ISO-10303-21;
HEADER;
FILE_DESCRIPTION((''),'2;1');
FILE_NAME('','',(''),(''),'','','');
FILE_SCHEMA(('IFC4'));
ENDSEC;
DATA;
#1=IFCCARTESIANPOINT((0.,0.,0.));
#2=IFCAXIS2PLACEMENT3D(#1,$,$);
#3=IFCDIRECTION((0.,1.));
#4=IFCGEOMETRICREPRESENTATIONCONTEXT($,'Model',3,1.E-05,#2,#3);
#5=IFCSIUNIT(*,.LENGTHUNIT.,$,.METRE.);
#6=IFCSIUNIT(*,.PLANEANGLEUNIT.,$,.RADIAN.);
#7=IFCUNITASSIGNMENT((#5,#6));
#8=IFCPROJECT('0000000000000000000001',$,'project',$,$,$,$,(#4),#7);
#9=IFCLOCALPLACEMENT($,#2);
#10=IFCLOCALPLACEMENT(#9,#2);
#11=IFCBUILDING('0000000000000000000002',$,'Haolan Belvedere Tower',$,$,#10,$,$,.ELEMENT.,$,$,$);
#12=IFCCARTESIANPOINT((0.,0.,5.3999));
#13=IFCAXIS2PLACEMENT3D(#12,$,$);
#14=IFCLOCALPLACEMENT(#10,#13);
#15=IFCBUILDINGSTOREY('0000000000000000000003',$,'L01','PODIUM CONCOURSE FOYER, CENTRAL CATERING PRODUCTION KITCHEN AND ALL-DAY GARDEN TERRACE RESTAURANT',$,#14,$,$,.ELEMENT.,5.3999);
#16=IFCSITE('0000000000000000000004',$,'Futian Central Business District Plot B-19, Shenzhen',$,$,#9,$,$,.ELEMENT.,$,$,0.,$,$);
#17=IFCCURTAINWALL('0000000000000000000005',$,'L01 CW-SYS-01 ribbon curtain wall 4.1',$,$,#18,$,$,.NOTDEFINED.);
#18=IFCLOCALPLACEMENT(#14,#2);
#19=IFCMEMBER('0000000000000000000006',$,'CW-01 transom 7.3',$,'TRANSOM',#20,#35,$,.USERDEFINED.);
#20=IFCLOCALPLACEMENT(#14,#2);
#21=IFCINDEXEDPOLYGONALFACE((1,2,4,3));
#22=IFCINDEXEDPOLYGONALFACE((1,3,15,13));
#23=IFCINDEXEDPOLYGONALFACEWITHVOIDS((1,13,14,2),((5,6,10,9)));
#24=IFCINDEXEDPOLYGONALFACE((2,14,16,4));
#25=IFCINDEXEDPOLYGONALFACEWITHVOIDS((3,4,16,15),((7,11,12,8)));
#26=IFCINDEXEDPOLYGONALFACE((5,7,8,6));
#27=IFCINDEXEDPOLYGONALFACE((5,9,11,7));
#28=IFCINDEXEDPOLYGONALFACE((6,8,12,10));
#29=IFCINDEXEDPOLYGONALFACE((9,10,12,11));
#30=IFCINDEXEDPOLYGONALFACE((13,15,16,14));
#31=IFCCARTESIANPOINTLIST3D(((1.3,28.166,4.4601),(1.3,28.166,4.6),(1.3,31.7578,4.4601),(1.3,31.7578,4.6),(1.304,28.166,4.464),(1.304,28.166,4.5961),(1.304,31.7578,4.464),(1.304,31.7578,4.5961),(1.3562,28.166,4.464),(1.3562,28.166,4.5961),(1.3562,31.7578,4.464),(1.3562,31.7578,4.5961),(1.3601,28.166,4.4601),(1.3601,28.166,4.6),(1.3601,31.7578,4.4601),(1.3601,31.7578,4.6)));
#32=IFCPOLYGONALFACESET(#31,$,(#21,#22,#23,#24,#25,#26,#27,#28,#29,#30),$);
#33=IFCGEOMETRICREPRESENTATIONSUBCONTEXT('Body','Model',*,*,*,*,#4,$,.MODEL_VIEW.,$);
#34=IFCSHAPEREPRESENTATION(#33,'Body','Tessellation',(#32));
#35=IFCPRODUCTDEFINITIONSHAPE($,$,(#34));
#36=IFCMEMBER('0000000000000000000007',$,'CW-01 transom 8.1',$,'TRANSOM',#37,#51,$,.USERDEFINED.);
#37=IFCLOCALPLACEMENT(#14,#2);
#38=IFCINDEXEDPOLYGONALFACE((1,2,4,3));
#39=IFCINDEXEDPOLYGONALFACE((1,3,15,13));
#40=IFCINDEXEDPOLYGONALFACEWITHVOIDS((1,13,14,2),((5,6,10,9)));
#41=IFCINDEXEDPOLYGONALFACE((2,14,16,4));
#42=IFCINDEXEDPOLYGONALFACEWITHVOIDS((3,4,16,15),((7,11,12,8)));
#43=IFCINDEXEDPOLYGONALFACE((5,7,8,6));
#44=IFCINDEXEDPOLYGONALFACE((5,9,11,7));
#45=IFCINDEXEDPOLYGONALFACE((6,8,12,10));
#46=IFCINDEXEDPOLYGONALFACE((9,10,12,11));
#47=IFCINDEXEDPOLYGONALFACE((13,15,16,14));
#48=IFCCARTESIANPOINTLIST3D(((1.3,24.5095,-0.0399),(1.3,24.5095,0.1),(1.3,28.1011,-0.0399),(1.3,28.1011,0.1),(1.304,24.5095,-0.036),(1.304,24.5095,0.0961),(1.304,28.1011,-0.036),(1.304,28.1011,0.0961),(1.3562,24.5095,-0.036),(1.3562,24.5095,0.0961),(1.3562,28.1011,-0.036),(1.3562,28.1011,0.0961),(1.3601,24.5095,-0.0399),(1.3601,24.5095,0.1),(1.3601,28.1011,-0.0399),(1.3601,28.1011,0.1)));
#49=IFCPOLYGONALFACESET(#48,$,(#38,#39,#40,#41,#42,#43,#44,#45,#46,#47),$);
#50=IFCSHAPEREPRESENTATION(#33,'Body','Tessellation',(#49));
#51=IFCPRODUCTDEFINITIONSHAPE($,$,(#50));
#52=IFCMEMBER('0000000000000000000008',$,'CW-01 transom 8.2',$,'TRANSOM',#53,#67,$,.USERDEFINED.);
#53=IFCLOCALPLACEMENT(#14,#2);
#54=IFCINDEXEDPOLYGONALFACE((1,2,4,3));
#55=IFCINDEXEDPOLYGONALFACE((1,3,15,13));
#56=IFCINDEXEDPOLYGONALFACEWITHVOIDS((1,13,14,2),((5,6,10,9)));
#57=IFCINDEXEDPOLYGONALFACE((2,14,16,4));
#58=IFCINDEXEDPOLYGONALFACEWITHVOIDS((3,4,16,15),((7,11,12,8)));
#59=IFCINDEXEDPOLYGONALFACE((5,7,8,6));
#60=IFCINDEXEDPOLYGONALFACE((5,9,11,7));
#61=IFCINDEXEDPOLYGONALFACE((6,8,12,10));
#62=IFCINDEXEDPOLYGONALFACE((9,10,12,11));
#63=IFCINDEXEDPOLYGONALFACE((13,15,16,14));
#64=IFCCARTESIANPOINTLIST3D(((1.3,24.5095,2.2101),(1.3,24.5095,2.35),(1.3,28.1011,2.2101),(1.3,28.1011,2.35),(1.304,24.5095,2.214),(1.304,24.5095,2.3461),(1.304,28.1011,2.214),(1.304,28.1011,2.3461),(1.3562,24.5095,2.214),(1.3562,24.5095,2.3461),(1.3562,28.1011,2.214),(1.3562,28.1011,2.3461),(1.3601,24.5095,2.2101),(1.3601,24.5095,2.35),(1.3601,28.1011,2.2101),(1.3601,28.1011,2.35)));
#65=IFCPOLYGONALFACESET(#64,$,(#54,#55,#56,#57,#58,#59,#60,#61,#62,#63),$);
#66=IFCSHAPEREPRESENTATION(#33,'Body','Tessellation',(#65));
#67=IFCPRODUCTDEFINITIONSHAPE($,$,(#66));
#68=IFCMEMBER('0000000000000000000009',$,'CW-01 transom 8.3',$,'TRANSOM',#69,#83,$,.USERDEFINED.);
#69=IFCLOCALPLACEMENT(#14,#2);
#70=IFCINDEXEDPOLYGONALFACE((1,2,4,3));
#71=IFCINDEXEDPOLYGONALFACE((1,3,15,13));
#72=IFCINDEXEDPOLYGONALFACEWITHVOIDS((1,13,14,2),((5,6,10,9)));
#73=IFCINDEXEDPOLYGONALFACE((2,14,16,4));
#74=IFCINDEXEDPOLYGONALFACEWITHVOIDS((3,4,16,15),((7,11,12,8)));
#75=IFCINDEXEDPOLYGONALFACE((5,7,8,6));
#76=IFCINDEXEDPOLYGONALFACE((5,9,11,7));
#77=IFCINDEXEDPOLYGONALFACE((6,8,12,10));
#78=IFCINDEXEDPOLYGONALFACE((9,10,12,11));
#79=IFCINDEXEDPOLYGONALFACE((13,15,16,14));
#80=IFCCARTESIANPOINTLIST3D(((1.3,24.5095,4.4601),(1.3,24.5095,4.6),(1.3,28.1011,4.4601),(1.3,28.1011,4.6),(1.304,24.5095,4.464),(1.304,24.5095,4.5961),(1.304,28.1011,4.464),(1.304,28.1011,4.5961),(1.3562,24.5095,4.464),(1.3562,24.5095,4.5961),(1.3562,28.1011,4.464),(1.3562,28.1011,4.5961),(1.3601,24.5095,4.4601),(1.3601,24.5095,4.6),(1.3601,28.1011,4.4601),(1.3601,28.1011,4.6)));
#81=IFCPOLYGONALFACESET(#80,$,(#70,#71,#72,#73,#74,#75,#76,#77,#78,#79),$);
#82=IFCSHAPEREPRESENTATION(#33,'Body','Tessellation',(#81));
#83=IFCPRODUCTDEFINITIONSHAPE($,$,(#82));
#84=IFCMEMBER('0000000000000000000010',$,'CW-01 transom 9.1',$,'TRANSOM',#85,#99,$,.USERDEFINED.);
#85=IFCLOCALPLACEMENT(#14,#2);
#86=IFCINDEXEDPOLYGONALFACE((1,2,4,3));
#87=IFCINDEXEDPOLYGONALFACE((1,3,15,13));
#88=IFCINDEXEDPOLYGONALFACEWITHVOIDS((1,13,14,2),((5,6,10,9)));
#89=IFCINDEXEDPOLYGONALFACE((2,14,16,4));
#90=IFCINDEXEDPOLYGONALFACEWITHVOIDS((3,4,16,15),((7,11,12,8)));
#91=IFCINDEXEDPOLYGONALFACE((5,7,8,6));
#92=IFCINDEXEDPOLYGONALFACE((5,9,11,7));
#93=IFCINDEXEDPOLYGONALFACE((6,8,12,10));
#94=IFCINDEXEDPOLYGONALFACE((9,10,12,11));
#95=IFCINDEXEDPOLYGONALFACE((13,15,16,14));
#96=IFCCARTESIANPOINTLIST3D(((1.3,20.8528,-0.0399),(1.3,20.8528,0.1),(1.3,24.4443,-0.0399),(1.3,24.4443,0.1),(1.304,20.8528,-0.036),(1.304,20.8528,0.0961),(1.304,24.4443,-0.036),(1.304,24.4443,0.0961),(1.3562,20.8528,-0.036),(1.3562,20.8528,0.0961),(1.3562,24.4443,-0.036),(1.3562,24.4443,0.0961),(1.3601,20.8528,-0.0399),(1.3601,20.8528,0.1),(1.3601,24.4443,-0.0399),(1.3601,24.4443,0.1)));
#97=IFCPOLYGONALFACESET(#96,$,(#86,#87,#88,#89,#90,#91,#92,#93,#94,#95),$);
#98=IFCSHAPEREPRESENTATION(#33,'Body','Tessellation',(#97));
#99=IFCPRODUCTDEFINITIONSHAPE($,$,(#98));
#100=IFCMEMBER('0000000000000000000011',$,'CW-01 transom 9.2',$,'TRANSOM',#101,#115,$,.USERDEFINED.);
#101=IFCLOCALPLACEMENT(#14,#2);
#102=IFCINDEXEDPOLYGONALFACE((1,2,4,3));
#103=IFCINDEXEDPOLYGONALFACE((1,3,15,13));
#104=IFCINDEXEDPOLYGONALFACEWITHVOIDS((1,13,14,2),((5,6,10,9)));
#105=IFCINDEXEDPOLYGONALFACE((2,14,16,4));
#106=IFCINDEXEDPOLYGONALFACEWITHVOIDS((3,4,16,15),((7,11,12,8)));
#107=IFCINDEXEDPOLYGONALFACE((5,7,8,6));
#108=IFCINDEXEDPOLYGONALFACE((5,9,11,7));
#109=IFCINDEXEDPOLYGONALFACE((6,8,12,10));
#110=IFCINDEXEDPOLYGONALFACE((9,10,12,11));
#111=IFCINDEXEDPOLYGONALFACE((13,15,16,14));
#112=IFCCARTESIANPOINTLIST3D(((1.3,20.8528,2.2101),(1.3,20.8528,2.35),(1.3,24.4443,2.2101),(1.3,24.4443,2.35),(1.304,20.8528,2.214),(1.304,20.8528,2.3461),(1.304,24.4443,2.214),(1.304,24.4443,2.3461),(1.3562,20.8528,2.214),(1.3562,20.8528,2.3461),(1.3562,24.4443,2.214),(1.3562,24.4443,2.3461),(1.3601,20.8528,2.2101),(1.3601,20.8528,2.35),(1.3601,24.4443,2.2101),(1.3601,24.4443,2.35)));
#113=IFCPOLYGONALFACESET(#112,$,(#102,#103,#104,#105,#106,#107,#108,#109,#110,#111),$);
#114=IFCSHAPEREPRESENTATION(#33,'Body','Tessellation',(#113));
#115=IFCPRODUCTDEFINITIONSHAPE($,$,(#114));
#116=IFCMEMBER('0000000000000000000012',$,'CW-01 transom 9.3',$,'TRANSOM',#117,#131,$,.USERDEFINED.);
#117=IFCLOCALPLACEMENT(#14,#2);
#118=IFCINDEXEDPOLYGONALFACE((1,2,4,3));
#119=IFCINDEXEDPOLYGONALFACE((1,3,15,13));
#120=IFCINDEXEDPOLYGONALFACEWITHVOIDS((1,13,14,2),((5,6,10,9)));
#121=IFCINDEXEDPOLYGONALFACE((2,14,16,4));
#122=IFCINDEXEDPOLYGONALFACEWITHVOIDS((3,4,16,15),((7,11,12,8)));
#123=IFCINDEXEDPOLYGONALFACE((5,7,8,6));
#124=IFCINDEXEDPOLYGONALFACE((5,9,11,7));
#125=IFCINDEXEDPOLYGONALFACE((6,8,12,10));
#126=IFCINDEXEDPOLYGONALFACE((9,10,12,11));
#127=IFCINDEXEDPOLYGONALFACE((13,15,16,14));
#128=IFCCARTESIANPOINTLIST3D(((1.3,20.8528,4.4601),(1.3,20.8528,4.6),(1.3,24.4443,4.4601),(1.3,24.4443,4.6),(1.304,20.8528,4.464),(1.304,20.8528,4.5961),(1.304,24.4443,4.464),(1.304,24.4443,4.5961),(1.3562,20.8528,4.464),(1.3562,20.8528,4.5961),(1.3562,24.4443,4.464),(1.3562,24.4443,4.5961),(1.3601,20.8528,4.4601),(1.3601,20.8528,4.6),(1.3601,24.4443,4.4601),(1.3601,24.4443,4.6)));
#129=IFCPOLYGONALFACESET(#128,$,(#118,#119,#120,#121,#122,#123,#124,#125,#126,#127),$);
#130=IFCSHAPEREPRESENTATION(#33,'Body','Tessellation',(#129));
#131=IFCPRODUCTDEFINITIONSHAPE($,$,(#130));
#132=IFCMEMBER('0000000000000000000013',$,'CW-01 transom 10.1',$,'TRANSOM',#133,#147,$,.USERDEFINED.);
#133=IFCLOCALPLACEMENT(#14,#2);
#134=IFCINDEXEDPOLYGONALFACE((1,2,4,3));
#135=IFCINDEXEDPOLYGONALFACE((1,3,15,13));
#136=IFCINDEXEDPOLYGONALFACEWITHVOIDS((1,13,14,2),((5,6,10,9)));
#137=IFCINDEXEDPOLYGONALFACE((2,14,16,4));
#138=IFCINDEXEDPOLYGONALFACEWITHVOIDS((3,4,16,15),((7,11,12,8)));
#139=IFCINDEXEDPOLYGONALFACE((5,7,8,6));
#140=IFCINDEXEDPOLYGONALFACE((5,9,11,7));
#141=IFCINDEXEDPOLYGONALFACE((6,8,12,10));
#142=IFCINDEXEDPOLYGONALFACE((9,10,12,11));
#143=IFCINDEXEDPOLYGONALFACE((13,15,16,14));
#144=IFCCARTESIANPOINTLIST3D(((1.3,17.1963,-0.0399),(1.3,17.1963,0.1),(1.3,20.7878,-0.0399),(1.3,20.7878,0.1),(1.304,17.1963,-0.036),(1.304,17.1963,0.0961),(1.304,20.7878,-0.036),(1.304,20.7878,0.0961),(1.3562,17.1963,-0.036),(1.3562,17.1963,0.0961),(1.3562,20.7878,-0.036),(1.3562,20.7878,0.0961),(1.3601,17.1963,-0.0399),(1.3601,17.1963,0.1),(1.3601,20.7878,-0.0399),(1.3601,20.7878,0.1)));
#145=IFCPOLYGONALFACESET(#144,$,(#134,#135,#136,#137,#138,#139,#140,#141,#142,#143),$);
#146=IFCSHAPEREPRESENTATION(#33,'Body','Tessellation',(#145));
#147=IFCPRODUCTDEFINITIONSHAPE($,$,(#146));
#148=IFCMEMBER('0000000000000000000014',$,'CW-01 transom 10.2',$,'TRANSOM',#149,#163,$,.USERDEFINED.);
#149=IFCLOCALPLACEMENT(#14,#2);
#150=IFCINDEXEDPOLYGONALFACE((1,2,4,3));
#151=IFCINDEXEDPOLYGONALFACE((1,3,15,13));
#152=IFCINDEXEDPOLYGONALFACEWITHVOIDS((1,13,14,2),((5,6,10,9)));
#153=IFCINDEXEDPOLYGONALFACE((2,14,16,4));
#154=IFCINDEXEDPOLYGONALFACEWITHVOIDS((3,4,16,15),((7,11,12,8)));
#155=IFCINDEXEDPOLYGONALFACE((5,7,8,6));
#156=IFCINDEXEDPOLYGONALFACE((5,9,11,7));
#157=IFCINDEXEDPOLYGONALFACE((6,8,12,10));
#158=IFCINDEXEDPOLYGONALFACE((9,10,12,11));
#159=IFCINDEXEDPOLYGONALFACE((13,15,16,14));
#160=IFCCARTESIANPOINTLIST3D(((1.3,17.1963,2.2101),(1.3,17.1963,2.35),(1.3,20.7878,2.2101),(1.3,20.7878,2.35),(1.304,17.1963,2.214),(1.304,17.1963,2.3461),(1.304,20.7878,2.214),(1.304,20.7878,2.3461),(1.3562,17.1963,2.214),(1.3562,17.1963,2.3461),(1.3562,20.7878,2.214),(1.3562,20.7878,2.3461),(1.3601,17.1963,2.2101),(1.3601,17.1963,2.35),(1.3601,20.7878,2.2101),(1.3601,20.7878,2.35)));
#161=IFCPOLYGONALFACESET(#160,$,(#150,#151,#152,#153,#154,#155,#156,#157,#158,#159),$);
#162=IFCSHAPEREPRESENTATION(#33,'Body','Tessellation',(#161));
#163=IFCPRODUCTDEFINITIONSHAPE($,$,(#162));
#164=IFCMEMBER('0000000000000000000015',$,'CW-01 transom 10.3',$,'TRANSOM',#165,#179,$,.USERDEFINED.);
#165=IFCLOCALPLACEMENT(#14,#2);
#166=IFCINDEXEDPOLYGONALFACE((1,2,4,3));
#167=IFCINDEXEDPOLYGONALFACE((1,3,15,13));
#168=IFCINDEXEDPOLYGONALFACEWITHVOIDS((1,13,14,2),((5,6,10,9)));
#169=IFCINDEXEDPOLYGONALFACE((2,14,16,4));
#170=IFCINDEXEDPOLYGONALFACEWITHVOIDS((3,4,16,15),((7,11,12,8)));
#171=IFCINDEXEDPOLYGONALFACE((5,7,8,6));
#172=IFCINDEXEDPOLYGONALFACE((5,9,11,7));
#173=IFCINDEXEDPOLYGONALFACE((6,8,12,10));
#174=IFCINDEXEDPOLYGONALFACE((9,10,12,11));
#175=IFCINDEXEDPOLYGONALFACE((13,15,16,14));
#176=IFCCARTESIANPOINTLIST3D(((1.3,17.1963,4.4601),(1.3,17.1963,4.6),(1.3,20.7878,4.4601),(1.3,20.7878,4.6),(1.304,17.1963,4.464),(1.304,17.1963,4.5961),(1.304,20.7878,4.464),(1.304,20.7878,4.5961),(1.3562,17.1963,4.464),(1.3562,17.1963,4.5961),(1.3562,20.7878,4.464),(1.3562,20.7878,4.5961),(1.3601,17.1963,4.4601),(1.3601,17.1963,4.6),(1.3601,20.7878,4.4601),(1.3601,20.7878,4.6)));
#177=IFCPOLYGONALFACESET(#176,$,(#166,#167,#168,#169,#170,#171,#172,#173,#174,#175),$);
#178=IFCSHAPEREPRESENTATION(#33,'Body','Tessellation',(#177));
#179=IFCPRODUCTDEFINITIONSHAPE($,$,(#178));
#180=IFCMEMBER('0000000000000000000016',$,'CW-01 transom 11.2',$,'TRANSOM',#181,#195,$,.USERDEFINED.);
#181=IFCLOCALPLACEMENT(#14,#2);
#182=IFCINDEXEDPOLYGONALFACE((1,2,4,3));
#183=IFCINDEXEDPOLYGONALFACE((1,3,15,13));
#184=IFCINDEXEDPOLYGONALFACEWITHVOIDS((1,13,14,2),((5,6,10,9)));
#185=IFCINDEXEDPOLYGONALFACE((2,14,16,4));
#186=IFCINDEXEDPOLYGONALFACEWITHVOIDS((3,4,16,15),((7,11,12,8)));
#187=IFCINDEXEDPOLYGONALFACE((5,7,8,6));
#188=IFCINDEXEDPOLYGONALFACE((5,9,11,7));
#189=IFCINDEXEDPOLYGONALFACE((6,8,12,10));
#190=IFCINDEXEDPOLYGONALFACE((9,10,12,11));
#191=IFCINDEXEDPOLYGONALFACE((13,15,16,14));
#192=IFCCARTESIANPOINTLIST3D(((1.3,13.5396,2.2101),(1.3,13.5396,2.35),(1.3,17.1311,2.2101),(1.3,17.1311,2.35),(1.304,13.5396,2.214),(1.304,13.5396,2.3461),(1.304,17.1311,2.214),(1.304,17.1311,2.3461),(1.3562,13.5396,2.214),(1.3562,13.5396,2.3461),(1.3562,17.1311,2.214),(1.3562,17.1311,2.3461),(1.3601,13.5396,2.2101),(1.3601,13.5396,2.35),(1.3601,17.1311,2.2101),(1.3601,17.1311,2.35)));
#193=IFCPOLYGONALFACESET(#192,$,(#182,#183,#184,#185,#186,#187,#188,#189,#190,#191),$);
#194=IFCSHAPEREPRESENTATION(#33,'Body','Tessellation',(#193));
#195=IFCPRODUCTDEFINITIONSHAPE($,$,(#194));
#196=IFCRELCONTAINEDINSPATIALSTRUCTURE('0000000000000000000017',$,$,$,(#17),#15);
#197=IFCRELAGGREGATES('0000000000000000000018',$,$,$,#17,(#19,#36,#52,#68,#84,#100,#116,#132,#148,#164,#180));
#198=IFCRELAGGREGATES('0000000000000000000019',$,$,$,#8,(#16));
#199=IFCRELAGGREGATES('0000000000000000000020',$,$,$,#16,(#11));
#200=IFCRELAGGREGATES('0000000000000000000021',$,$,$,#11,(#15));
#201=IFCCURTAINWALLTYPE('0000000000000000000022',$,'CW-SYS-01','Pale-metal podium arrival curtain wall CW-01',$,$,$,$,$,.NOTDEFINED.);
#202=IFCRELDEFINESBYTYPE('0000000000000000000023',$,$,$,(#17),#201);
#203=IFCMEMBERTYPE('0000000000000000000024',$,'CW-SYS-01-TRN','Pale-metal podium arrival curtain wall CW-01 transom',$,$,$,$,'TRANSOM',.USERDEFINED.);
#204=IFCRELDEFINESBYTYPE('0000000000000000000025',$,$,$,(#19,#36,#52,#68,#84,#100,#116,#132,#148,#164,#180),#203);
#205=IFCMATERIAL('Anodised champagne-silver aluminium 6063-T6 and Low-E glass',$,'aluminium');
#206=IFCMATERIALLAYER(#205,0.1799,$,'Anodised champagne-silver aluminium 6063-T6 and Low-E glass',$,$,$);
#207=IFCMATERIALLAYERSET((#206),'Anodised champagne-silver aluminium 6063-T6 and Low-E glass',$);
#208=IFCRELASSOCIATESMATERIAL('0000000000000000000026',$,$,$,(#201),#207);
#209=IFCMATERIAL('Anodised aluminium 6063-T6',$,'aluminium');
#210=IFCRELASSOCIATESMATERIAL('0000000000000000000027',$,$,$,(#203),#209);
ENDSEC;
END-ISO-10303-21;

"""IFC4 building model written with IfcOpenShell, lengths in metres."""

from ifc_helpers import new_model, si_unit, direction, frame, origin, origin_2d, place, context, subcontext, project, spatial, hollow_rectangle, extrude, material, layer, layer_set, material_profile, profile_set, type_object, element, aggregate, save


model = new_model("IFC4")

# Units and contexts
model_context = context("Model", 3, precision=1e-05, world=origin(), true_north=direction((0.0, 1.0)))
body_context = subcontext(model_context, "Body", "Model", "MODEL_VIEW")
ifc_project = project(units=[si_unit("LENGTHUNIT", "METRE"), si_unit("PLANEANGLEUNIT", "RADIAN")], contexts=[model_context])

# Site, building, storey
site_placement = place(None, origin())
site = spatial("IfcSite", under=ifc_project, at=site_placement, Name="Futian Central Business District Plot B-19, Shenzhen", CompositionType="ELEMENT", RefElevation=0.0)
building_placement = place(site_placement, origin())
building = spatial("IfcBuilding", under=site, at=building_placement, Name="Haolan Belvedere Tower", CompositionType="ELEMENT")
storey_placement = place(building_placement, frame((0.0, 0.0, 5.3999)))
storey = spatial("IfcBuildingStorey", under=building, at=storey_placement, Name="L01", Description="PODIUM CONCOURSE FOYER, CENTRAL CATERING PRODUCTION KITCHEN AND ALL-DAY GARDEN TERRACE RESTAURANT", CompositionType="ELEMENT", Elevation=5.3999)

# Curtain wall, members
ifc_material_1 = material(Name="Anodised champagne-silver aluminium 6063-T6 and Low-E glass", Category="aluminium")
ifc_layer_1 = layer(ifc_material_1, 0.1799, Name="Anodised champagne-silver aluminium 6063-T6 and Low-E glass")
ifc_layer_set_1 = layer_set([ifc_layer_1], Name="Anodised champagne-silver aluminium 6063-T6 and Low-E glass")
curtain_wall_type = type_object("IfcCurtainWallType", Name="CW-SYS-01", Description="Pale-metal podium arrival curtain wall CW-01", PredefinedType="NOTDEFINED", material=ifc_layer_set_1)
curtain_wall_placement = place(storey_placement, origin())
curtain_wall = element("IfcCurtainWall", 1, at=curtain_wall_placement, inside=storey, type_object=curtain_wall_type, Name="L01 CW-SYS-01 ribbon curtain wall 4.1", PredefinedType="NOTDEFINED")
ifc_material_2 = material(Name="Anodised aluminium 6063-T6", Category="aluminium")
ifc_material_profile_1 = material_profile(ifc_material_2, hollow_rectangle(XDim=0.0601, YDim=0.1399, WallThickness=0.0039, at=origin_2d()), Name="Anodised aluminium 6063-T6")
ifc_profile_set_1 = profile_set([ifc_material_profile_1], Name="Anodised aluminium 6063-T6")
member_type_1 = type_object("IfcMemberType", Name="CW-SYS-01-TRN", Description="Pale-metal podium arrival curtain wall CW-01 transom", ElementType="TRANSOM", PredefinedType="USERDEFINED", material=ifc_profile_set_1)
member_1_placement = place(storey_placement, frame((1.3301, 31.7578, 4.53), z_axis=(0.0, -1.0, 0.0), x_axis=(1.0, 0.0, 0.0)))
member_1 = element("IfcMember", 2, at=member_1_placement, type_object=member_type_1, Name="CW-01 transom 7.3", ObjectType="TRANSOM", PredefinedType="USERDEFINED", context=body_context, shape_type="SweptSolid", body=[
    extrude(hollow_rectangle(XDim=0.0601, YDim=0.1399, WallThickness=0.0039, at=origin_2d()), origin(), (0.0, 0.0, 1.0), 3.5918),
])
member_2_placement = place(storey_placement, frame((1.3301, 28.1011, 0.03), z_axis=(0.0, -1.0, 0.0), x_axis=(1.0, 0.0, 0.0)))
member_2 = element("IfcMember", 3, at=member_2_placement, type_object=member_type_1, Name="CW-01 transom 8.1", ObjectType="TRANSOM", PredefinedType="USERDEFINED", context=body_context, shape_type="SweptSolid", body=[
    extrude(hollow_rectangle(XDim=0.0601, YDim=0.1399, WallThickness=0.0039, at=origin_2d()), origin(), (0.0, 0.0, 1.0), 3.5916),
])
member_3_placement = place(storey_placement, frame((1.3301, 28.1011, 2.28), z_axis=(0.0, -1.0, 0.0), x_axis=(1.0, 0.0, 0.0)))
member_3 = element("IfcMember", 4, at=member_3_placement, type_object=member_type_1, Name="CW-01 transom 8.2", ObjectType="TRANSOM", PredefinedType="USERDEFINED", context=body_context, shape_type="SweptSolid", body=[
    extrude(hollow_rectangle(XDim=0.0601, YDim=0.1399, WallThickness=0.0039, at=origin_2d()), origin(), (0.0, 0.0, 1.0), 3.5916),
])
member_4_placement = place(storey_placement, frame((1.3301, 28.1011, 4.53), z_axis=(0.0, -1.0, 0.0), x_axis=(1.0, 0.0, 0.0)))
member_4 = element("IfcMember", 5, at=member_4_placement, type_object=member_type_1, Name="CW-01 transom 8.3", ObjectType="TRANSOM", PredefinedType="USERDEFINED", context=body_context, shape_type="SweptSolid", body=[
    extrude(hollow_rectangle(XDim=0.0601, YDim=0.1399, WallThickness=0.0039, at=origin_2d()), origin(), (0.0, 0.0, 1.0), 3.5916),
])
member_5_placement = place(storey_placement, frame((1.3301, 24.4443, 0.03), z_axis=(0.0, -1.0, 0.0), x_axis=(1.0, 0.0, 0.0)))
member_5 = element("IfcMember", 6, at=member_5_placement, type_object=member_type_1, Name="CW-01 transom 9.1", ObjectType="TRANSOM", PredefinedType="USERDEFINED", context=body_context, shape_type="SweptSolid", body=[
    extrude(hollow_rectangle(XDim=0.0601, YDim=0.1399, WallThickness=0.0039, at=origin_2d()), origin(), (0.0, 0.0, 1.0), 3.5916),
])
member_6_placement = place(storey_placement, frame((1.3301, 24.4443, 2.28), z_axis=(0.0, -1.0, 0.0), x_axis=(1.0, 0.0, 0.0)))
member_6 = element("IfcMember", 7, at=member_6_placement, type_object=member_type_1, Name="CW-01 transom 9.2", ObjectType="TRANSOM", PredefinedType="USERDEFINED", context=body_context, shape_type="SweptSolid", body=[
    extrude(hollow_rectangle(XDim=0.0601, YDim=0.1399, WallThickness=0.0039, at=origin_2d()), origin(), (0.0, 0.0, 1.0), 3.5916),
])
member_7_placement = place(storey_placement, frame((1.3301, 24.4443, 4.53), z_axis=(0.0, -1.0, 0.0), x_axis=(1.0, 0.0, 0.0)))
member_7 = element("IfcMember", 8, at=member_7_placement, type_object=member_type_1, Name="CW-01 transom 9.3", ObjectType="TRANSOM", PredefinedType="USERDEFINED", context=body_context, shape_type="SweptSolid", body=[
    extrude(hollow_rectangle(XDim=0.0601, YDim=0.1399, WallThickness=0.0039, at=origin_2d()), origin(), (0.0, 0.0, 1.0), 3.5916),
])
member_8_placement = place(storey_placement, frame((1.3301, 20.7878, 0.03), z_axis=(0.0, -1.0, 0.0), x_axis=(1.0, 0.0, 0.0)))
member_8 = element("IfcMember", 9, at=member_8_placement, type_object=member_type_1, Name="CW-01 transom 10.1", ObjectType="TRANSOM", PredefinedType="USERDEFINED", context=body_context, shape_type="SweptSolid", body=[
    extrude(hollow_rectangle(XDim=0.0601, YDim=0.1399, WallThickness=0.0039, at=origin_2d()), origin(), (0.0, 0.0, 1.0), 3.5916),
])
member_9_placement = place(storey_placement, frame((1.3301, 20.7878, 2.28), z_axis=(0.0, -1.0, 0.0), x_axis=(1.0, 0.0, 0.0)))
member_9 = element("IfcMember", 10, at=member_9_placement, type_object=member_type_1, Name="CW-01 transom 10.2", ObjectType="TRANSOM", PredefinedType="USERDEFINED", context=body_context, shape_type="SweptSolid", body=[
    extrude(hollow_rectangle(XDim=0.0601, YDim=0.1399, WallThickness=0.0039, at=origin_2d()), origin(), (0.0, 0.0, 1.0), 3.5916),
])
member_10_placement = place(storey_placement, frame((1.3301, 20.7878, 4.53), z_axis=(0.0, -1.0, 0.0), x_axis=(1.0, 0.0, 0.0)))
member_10 = element("IfcMember", 11, at=member_10_placement, type_object=member_type_1, Name="CW-01 transom 10.3", ObjectType="TRANSOM", PredefinedType="USERDEFINED", context=body_context, shape_type="SweptSolid", body=[
    extrude(hollow_rectangle(XDim=0.0601, YDim=0.1399, WallThickness=0.0039, at=origin_2d()), origin(), (0.0, 0.0, 1.0), 3.5916),
])
member_11_placement = place(storey_placement, frame((1.3301, 17.1311, 2.28), z_axis=(0.0, -1.0, 0.0), x_axis=(1.0, 0.0, 0.0)))
member_11 = element("IfcMember", 12, at=member_11_placement, type_object=member_type_1, Name="CW-01 transom 11.2", ObjectType="TRANSOM", PredefinedType="USERDEFINED", context=body_context, shape_type="SweptSolid", body=[
    extrude(hollow_rectangle(XDim=0.0601, YDim=0.1399, WallThickness=0.0039, at=origin_2d()), origin(), (0.0, 0.0, 1.0), 3.5916),
])
aggregate(curtain_wall, [member_1, member_2, member_3, member_4, member_5, member_6, member_7, member_8, member_9, member_10, member_11])

save(model, "model.ifc")
